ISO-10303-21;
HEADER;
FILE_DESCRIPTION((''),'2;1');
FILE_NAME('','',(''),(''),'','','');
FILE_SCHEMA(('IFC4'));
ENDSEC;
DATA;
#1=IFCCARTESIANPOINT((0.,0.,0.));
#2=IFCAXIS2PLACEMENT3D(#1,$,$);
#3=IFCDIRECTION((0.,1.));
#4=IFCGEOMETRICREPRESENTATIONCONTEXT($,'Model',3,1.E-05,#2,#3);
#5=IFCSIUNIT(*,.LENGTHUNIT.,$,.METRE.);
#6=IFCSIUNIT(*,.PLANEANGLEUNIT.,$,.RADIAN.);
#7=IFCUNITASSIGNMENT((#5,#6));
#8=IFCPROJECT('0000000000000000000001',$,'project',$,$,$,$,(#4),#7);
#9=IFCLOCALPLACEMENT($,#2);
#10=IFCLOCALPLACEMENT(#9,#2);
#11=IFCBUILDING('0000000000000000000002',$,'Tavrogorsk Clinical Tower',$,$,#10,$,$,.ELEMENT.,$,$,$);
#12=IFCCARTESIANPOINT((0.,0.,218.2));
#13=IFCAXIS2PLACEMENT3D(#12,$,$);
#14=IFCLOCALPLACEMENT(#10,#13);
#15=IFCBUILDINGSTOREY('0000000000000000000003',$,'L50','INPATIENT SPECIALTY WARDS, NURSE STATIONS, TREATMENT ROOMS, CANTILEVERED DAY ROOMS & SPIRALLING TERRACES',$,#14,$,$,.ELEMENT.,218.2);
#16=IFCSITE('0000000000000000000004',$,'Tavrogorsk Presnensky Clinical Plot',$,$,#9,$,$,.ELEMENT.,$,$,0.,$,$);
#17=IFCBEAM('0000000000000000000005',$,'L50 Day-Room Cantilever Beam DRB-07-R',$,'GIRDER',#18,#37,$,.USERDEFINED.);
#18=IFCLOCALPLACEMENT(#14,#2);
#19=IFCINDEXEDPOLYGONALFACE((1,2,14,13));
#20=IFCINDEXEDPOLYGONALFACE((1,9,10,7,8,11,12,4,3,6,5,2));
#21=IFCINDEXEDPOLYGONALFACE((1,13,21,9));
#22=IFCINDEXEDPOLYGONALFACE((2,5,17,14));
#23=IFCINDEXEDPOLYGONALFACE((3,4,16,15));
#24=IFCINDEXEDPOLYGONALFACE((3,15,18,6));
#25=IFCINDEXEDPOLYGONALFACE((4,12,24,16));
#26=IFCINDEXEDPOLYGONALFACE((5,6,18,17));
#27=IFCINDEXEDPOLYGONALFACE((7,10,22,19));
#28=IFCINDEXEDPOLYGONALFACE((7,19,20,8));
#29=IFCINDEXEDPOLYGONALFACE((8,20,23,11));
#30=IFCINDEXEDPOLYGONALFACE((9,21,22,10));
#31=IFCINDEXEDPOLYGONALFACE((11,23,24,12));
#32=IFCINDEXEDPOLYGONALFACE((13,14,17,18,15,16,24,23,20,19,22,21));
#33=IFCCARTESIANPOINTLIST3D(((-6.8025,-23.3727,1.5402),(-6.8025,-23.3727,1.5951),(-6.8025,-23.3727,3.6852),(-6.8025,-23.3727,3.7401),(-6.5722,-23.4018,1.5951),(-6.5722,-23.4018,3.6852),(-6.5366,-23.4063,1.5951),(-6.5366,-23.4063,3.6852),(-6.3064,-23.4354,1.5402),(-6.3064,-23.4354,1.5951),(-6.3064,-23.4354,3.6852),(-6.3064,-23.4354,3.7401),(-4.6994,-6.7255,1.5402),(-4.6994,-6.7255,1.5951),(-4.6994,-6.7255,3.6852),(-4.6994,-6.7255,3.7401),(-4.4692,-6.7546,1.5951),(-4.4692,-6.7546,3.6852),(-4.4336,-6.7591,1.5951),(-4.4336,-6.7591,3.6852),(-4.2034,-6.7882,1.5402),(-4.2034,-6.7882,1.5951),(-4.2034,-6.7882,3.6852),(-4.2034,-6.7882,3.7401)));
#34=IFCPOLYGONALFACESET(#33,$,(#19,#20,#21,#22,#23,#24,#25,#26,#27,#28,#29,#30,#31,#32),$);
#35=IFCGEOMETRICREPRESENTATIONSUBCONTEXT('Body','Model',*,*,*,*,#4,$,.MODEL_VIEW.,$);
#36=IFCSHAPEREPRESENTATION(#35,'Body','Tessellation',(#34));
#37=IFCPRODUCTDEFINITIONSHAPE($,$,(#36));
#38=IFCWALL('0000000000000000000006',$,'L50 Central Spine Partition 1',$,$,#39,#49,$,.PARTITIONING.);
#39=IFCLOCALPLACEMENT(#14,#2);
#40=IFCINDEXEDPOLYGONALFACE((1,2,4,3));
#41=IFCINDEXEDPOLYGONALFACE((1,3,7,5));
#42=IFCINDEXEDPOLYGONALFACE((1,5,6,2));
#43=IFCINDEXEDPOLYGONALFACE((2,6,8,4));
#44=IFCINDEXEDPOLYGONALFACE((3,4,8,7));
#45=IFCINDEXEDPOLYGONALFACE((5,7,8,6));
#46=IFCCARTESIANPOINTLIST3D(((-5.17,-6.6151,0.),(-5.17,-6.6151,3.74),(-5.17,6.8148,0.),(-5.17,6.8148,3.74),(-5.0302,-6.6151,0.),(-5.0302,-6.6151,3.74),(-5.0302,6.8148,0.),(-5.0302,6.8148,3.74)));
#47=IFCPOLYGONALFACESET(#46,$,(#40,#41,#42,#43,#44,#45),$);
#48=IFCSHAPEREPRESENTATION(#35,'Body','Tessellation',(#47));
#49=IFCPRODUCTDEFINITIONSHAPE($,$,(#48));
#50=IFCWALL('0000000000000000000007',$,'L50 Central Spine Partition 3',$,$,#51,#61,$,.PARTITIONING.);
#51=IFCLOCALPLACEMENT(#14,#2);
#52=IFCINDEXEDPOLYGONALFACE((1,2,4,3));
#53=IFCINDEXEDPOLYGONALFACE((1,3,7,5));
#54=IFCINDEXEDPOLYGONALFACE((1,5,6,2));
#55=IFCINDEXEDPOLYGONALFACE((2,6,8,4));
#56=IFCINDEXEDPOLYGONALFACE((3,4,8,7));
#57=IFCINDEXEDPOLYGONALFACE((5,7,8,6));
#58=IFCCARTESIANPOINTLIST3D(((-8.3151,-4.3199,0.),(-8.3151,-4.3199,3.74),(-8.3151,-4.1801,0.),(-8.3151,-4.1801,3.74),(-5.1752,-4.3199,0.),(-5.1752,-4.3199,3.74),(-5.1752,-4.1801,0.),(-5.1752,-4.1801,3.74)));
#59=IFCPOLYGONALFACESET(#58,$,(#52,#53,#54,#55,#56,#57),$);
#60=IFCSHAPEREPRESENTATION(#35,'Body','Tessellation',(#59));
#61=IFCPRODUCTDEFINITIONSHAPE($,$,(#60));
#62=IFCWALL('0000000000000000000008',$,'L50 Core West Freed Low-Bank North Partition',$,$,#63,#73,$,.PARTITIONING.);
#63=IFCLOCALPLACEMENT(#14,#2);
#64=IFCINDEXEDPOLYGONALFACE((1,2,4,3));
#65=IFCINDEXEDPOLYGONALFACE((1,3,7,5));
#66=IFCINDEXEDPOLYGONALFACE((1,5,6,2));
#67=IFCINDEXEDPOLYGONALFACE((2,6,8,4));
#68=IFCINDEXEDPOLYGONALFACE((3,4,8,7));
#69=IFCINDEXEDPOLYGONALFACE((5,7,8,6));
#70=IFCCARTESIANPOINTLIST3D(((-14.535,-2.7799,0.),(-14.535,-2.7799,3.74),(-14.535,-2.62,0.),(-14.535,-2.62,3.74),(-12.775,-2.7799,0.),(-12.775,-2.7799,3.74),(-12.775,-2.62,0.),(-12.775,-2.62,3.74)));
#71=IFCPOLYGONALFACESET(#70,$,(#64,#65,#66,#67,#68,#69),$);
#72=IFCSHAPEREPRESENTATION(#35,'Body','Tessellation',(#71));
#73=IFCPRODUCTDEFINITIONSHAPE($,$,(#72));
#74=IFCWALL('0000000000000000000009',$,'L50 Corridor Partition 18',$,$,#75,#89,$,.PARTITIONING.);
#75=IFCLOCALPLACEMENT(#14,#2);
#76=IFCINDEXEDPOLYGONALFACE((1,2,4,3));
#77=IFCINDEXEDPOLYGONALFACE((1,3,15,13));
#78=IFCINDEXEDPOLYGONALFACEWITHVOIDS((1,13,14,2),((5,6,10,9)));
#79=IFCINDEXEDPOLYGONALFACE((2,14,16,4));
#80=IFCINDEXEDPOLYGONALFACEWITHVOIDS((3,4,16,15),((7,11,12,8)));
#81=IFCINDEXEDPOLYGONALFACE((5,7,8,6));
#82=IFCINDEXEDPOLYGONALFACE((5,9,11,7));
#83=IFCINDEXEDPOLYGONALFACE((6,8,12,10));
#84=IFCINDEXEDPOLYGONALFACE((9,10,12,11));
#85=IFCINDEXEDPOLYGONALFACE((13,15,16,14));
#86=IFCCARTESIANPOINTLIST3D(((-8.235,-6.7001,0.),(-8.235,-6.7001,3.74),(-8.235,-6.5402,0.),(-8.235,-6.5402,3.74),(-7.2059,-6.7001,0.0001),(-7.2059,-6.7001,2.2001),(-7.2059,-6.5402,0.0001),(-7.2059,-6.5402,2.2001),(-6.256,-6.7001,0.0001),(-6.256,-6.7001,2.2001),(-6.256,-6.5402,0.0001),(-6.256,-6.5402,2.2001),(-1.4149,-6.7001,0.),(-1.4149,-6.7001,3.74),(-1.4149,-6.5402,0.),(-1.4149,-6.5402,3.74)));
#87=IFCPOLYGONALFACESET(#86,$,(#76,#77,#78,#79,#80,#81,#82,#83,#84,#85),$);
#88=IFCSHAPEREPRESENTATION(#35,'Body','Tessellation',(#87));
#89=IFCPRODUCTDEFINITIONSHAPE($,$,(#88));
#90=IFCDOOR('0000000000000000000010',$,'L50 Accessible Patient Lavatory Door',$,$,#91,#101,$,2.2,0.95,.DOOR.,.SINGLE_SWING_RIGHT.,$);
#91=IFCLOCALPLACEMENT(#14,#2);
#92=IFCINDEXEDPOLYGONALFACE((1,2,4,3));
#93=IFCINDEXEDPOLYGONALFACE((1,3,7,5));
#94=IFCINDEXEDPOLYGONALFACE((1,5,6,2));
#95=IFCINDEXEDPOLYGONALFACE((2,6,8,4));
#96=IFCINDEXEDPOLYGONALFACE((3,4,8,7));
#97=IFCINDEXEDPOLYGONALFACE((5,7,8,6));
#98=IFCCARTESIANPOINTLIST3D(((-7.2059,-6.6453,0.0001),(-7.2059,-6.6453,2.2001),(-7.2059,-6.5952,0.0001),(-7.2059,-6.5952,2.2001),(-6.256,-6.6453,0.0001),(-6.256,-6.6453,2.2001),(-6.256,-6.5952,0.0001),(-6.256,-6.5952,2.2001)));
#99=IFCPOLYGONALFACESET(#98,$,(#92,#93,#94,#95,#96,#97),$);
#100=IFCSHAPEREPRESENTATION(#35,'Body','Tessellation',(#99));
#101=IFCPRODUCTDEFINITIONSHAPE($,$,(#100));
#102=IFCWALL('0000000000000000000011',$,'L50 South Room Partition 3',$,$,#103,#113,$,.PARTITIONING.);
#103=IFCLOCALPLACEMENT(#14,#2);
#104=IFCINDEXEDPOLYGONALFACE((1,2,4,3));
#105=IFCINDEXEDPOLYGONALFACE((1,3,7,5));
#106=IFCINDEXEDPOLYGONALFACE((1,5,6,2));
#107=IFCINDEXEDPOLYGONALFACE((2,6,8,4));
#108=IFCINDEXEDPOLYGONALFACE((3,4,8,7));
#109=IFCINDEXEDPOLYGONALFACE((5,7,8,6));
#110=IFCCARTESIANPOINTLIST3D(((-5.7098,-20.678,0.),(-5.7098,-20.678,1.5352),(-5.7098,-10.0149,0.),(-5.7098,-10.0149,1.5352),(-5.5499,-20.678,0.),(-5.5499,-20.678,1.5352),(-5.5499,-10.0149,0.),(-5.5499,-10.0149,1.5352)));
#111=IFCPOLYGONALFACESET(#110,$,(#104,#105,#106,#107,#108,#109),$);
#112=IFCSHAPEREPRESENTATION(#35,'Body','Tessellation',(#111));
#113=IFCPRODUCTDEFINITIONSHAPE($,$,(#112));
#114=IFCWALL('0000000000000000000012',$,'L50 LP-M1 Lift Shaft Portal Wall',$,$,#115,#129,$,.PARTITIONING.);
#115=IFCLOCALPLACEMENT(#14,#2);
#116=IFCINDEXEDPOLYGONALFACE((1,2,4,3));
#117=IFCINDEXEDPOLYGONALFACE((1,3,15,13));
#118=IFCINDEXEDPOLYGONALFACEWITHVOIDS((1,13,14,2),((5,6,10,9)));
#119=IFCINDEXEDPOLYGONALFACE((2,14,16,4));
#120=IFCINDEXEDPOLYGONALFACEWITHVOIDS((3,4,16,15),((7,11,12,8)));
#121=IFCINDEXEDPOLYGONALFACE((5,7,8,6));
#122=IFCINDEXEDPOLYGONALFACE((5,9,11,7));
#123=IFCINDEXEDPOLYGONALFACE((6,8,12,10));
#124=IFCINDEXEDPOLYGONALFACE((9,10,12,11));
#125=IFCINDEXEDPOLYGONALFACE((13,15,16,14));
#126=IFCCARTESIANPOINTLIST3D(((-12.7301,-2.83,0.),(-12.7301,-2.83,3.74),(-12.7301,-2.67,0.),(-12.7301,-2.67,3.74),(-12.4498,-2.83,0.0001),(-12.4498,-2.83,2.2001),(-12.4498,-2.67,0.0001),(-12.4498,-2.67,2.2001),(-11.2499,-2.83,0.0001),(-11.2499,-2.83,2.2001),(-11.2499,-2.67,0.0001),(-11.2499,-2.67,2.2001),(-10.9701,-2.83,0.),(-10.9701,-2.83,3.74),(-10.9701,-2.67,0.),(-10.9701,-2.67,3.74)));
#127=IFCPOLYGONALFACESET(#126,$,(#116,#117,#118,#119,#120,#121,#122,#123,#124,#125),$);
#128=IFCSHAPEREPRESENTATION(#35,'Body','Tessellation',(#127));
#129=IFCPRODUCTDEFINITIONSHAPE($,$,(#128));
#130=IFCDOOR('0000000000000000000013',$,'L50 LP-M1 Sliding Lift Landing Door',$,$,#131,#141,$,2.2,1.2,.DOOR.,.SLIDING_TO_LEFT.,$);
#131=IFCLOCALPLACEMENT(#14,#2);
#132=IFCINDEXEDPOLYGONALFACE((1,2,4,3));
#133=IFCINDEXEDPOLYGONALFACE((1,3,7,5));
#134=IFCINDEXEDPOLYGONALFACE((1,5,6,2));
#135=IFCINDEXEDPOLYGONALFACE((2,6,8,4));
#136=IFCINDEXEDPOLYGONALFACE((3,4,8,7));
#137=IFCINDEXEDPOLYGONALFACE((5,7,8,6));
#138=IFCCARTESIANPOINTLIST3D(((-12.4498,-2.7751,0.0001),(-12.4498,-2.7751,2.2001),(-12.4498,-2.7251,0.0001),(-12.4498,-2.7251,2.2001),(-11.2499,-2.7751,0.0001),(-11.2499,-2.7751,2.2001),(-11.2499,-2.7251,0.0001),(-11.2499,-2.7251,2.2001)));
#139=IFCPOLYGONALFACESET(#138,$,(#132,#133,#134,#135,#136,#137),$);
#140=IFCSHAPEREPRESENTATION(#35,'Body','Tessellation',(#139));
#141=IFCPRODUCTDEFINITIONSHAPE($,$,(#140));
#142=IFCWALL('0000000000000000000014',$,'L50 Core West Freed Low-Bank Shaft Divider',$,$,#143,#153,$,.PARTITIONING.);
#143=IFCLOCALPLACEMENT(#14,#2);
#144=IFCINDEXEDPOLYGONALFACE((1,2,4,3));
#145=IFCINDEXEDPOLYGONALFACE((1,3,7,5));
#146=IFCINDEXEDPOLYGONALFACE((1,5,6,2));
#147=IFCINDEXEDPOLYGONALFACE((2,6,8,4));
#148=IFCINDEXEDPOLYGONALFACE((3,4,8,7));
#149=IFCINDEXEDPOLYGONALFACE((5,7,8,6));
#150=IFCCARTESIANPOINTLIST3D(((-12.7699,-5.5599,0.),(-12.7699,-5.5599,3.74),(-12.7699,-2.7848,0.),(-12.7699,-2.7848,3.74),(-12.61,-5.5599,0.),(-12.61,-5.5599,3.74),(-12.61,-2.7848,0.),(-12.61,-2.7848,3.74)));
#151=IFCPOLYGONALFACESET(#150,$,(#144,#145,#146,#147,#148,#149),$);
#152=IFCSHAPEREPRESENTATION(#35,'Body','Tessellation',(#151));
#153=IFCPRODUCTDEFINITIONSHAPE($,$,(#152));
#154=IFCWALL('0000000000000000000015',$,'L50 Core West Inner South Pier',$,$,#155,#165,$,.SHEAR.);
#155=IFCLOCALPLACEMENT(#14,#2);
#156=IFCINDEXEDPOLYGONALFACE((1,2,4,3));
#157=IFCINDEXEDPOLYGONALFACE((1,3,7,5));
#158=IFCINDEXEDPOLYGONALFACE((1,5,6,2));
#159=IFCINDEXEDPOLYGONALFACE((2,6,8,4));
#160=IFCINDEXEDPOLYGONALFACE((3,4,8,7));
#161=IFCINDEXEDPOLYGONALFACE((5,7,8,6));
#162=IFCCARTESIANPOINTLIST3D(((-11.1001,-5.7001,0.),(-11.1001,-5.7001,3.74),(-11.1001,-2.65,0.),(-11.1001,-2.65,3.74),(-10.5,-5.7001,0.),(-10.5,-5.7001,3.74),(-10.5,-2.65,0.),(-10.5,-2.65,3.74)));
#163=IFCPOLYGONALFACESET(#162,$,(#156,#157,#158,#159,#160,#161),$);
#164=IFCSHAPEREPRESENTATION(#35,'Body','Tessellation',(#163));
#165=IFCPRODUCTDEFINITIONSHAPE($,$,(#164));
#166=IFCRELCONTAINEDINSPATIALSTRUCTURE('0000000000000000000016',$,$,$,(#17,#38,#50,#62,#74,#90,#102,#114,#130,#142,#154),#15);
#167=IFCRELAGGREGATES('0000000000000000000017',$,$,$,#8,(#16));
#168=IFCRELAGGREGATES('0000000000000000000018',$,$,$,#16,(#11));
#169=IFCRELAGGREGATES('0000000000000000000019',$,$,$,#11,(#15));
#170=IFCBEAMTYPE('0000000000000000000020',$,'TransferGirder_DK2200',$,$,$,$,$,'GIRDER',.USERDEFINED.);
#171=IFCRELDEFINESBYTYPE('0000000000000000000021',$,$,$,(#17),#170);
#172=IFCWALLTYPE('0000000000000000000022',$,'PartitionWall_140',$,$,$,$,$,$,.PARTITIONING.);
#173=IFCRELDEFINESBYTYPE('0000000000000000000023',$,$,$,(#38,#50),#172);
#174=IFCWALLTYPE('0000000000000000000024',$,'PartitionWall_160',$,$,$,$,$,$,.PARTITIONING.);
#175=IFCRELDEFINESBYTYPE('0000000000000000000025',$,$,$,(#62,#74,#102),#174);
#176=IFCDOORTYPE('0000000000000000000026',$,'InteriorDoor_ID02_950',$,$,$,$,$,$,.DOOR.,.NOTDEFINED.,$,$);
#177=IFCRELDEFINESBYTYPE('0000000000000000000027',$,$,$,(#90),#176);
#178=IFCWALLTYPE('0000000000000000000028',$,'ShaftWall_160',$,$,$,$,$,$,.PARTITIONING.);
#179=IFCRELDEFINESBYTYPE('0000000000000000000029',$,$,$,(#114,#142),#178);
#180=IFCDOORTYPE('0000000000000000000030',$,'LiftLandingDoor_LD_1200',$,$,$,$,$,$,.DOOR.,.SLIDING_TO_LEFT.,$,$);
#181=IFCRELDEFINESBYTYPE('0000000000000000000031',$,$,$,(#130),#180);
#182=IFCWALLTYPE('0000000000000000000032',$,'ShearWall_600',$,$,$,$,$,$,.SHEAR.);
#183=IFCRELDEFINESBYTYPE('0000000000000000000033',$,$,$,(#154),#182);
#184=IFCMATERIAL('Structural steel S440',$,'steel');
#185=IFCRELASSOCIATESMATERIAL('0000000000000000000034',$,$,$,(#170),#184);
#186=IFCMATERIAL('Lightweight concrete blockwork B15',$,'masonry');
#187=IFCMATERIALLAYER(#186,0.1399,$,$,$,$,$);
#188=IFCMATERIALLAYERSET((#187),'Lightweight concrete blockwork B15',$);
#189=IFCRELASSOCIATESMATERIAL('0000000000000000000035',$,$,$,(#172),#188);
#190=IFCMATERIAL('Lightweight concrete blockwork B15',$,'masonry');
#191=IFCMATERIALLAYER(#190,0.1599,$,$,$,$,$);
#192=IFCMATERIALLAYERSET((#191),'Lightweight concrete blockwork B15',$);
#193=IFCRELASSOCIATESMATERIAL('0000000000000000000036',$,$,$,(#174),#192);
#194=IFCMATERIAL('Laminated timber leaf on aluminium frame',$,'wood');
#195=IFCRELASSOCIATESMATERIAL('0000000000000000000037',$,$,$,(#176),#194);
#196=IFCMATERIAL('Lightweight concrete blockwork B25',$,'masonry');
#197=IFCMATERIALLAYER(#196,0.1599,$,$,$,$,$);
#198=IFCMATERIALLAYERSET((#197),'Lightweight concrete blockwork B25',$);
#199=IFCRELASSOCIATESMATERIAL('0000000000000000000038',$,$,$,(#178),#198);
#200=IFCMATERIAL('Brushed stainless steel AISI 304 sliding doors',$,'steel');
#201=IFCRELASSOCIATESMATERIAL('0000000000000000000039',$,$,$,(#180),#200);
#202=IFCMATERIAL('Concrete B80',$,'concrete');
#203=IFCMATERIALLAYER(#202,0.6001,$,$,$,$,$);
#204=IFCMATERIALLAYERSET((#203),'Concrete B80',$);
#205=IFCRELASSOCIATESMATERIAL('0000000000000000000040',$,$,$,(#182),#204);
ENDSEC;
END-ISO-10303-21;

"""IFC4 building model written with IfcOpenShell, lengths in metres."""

from ifc_helpers import new_model, si_unit, direction, frame, frame_2d, origin, origin_2d, place, context, subcontext, project, spatial, rectangle, i_section, extrude, material, layer, layer_set, material_profile, profile_set, type_object, element, fill, save


model = new_model("IFC4")

# Units and contexts
model_context = context("Model", 3, precision=1e-05, world=origin(), true_north=direction((0.0, 1.0)))
body_context = subcontext(model_context, "Body", "Model", "MODEL_VIEW")
ifc_project = project(units=[si_unit("LENGTHUNIT", "METRE"), si_unit("PLANEANGLEUNIT", "RADIAN")], contexts=[model_context])

# Site, building, storey
site_placement = place(None, origin())
site = spatial("IfcSite", under=ifc_project, at=site_placement, Name="Tavrogorsk Presnensky Clinical Plot", CompositionType="ELEMENT", RefElevation=0.0)
building_placement = place(site_placement, origin())
building = spatial("IfcBuilding", under=site, at=building_placement, Name="Tavrogorsk Clinical Tower", CompositionType="ELEMENT")
storey_placement = place(building_placement, frame((0.0, 0.0, 218.2)))
storey = spatial("IfcBuildingStorey", under=building, at=storey_placement, Name="L50", Description="INPATIENT SPECIALTY WARDS, NURSE STATIONS, TREATMENT ROOMS, CANTILEVERED DAY ROOMS & SPIRALLING TERRACES", CompositionType="ELEMENT", Elevation=218.2)

# Beam
ifc_material_1 = material(Name="Structural steel S440", Category="steel")
ifc_material_profile_1 = material_profile(ifc_material_1, i_section(OverallWidth=0.5, OverallDepth=2.2, WebThickness=0.0359, FlangeThickness=0.0549, at=origin_2d()), Name="DK-2200x500x36x55")
ifc_profile_set_1 = profile_set([ifc_material_profile_1], Name="Structural steel S440")
beam_type_1 = type_object("IfcBeamType", Name="TransferGirder_DK2200", ElementType="GIRDER", PredefinedType="USERDEFINED", material=ifc_profile_set_1)
beam_1_placement = place(storey_placement, frame((-4.4514, -6.7568, 2.6401), z_axis=(-0.125333, -0.992115, 0.0), x_axis=(0.992115, -0.125333, 0.0)))
element("IfcBeam", 1, at=beam_1_placement, inside=storey, type_object=beam_type_1, Name="L50 Day-Room Cantilever Beam DRB-07-R", ObjectType="GIRDER", PredefinedType="USERDEFINED", context=body_context, shape_type="SweptSolid", body=[
    extrude(i_section(OverallWidth=0.5, OverallDepth=2.2, WebThickness=0.0359, FlangeThickness=0.0549, at=origin_2d()), origin(), (0.0, 0.0, 1.0), 16.7795),
])

# Walls
ifc_material_2 = material(Name="Lightweight concrete blockwork B15", Category="masonry")
ifc_layer_1 = layer(ifc_material_2, 0.1399)
ifc_layer_set_1 = layer_set([ifc_layer_1], Name="Lightweight concrete blockwork B15")
wall_type_1 = type_object("IfcWallType", Name="PartitionWall_140", PredefinedType="PARTITIONING", material=ifc_layer_set_1)
wall_1_placement = place(storey_placement, frame((-5.1001, -6.615, 0.0), z_axis=(0.0, 0.0, 1.0), x_axis=(0.0, 1.0, 0.0)))
element("IfcWall", 2, at=wall_1_placement, inside=storey, type_object=wall_type_1, Name="L50 Central Spine Partition 1", PredefinedType="PARTITIONING", context=body_context, shape_type="SweptSolid", body=[
    extrude(rectangle(XDim=13.4299, YDim=0.1399, at=frame_2d((6.7148, 0.0))), origin(), (0.0, 0.0, 1.0), 3.74),
])
wall_2_placement = place(storey_placement, frame((-8.3149, -4.25, 0.0), z_axis=(0.0, 0.0, 1.0), x_axis=(1.0, 0.0, 0.0)))
element("IfcWall", 3, at=wall_2_placement, inside=storey, type_object=wall_type_1, Name="L50 Central Spine Partition 3", PredefinedType="PARTITIONING", context=body_context, shape_type="SweptSolid", body=[
    extrude(rectangle(XDim=3.1399, YDim=0.1399, at=frame_2d((1.5698, 0.0))), origin(), (0.0, 0.0, 1.0), 3.74),
])
ifc_material_3 = material(Name="Lightweight concrete blockwork B15", Category="masonry")
ifc_layer_2 = layer(ifc_material_3, 0.1599)
ifc_layer_set_2 = layer_set([ifc_layer_2], Name="Lightweight concrete blockwork B15")
wall_type_2 = type_object("IfcWallType", Name="PartitionWall_160", PredefinedType="PARTITIONING", material=ifc_layer_set_2)
wall_3_placement = place(storey_placement, frame((-14.5349, -2.7, 0.0), z_axis=(0.0, 0.0, 1.0), x_axis=(1.0, 0.0, 0.0)))
element("IfcWall", 4, at=wall_3_placement, inside=storey, type_object=wall_type_2, Name="L50 Core West Freed Low-Bank North Partition", PredefinedType="PARTITIONING", context=body_context, shape_type="SweptSolid", body=[
    extrude(rectangle(XDim=1.76, YDim=0.1599, at=frame_2d((0.8799, 0.0))), origin(), (0.0, 0.0, 1.0), 3.74),
])

# Wall, opening, door
wall_4_placement = place(storey_placement, frame((-8.2351, -6.6201, 0.0), z_axis=(0.0, 0.0, 1.0), x_axis=(1.0, 0.0, 0.0)))
wall_4 = element("IfcWall", 5, at=wall_4_placement, inside=storey, type_object=wall_type_2, Name="L50 Corridor Partition 18", PredefinedType="PARTITIONING", context=body_context, shape_type="SweptSolid", body=[
    extrude(rectangle(XDim=6.8201, YDim=0.1599, at=frame_2d((3.4102, 0.0))), origin(), (0.0, 0.0, 1.0), 3.74),
])
opening_1_placement = place(wall_4_placement, frame((1.0291, 0.0, 0.0)))
opening_1 = element("IfcOpeningElement", 6, at=opening_1_placement, cuts=wall_4, PredefinedType="OPENING", context=body_context, shape_type="SweptSolid", body=[
    extrude(rectangle(XDim=0.95, YDim=2.2, at=frame_2d((0.4751, 1.1001))), frame((0.0, 0.0898, 0.0), z_axis=(0.0, -1.0, 0.0), x_axis=(1.0, 0.0, 0.0)), (0.0, 0.0, 1.0), 0.1799),
])
ifc_material_4 = material(Name="Laminated timber leaf on aluminium frame", Category="wood")
door_type_1 = type_object("IfcDoorType", Name="InteriorDoor_ID02_950", OperationType="NOTDEFINED", PredefinedType="DOOR", material=ifc_material_4)
door_1_placement = place(opening_1_placement, origin())
door_1 = element("IfcDoor", 7, at=door_1_placement, inside=storey, type_object=door_type_1, Name="L50 Accessible Patient Lavatory Door", OperationType="SINGLE_SWING_RIGHT", OverallHeight=2.2, OverallWidth=0.95, PredefinedType="DOOR", context=body_context, shape_type="SweptSolid", body=[
    extrude(rectangle(XDim=0.95, YDim=2.2, at=frame_2d((0.4751, 1.1001))), frame((0.0, 0.0249, 0.0), z_axis=(0.0, -1.0, 0.0), x_axis=(1.0, 0.0, 0.0)), (0.0, 0.0, 1.0), 0.05),
])
fill(opening_1, door_1)

# Wall
wall_5_placement = place(storey_placement, frame((-5.6299, -20.678, 0.0), z_axis=(0.0, 0.0, 1.0), x_axis=(0.0, 1.0, 0.0)))
element("IfcWall", 8, at=wall_5_placement, inside=storey, type_object=wall_type_2, Name="L50 South Room Partition 3", PredefinedType="PARTITIONING", context=body_context, shape_type="SweptSolid", body=[
    extrude(rectangle(XDim=10.6631, YDim=0.1599, at=frame_2d((5.3315, 0.0))), origin(), (0.0, 0.0, 1.0), 1.5352),
])

# Wall, opening, door
ifc_material_5 = material(Name="Lightweight concrete blockwork B25", Category="masonry")
ifc_layer_3 = layer(ifc_material_5, 0.1599)
ifc_layer_set_3 = layer_set([ifc_layer_3], Name="Lightweight concrete blockwork B25")
wall_type_3 = type_object("IfcWallType", Name="ShaftWall_160", PredefinedType="PARTITIONING", material=ifc_layer_set_3)
wall_6_placement = place(storey_placement, frame((-12.73, -2.75, 0.0), z_axis=(0.0, 0.0, 1.0), x_axis=(1.0, 0.0, 0.0)))
wall_6 = element("IfcWall", 9, at=wall_6_placement, inside=storey, type_object=wall_type_3, Name="L50 LP-M1 Lift Shaft Portal Wall", PredefinedType="PARTITIONING", context=body_context, shape_type="SweptSolid", body=[
    extrude(rectangle(XDim=1.76, YDim=0.1599, at=frame_2d((0.8799, 0.0))), origin(), (0.0, 0.0, 1.0), 3.74),
])
opening_2_placement = place(wall_6_placement, frame((0.28, 0.0, 0.0)))
opening_2 = element("IfcOpeningElement", 10, at=opening_2_placement, cuts=wall_6, PredefinedType="OPENING", context=body_context, shape_type="SweptSolid", body=[
    extrude(rectangle(XDim=1.2, YDim=2.2, at=frame_2d((0.6001, 1.1001))), frame((0.0, 0.0898, 0.0), z_axis=(0.0, -1.0, 0.0), x_axis=(1.0, 0.0, 0.0)), (0.0, 0.0, 1.0), 0.1799),
])
ifc_material_6 = material(Name="Brushed stainless steel AISI 304 sliding doors", Category="steel")
door_type_2 = type_object("IfcDoorType", Name="LiftLandingDoor_LD_1200", OperationType="SLIDING_TO_LEFT", PredefinedType="DOOR", material=ifc_material_6)
door_2_placement = place(opening_2_placement, origin())
door_2 = element("IfcDoor", 11, at=door_2_placement, inside=storey, type_object=door_type_2, Name="L50 LP-M1 Sliding Lift Landing Door", OperationType="SLIDING_TO_LEFT", OverallHeight=2.2, OverallWidth=1.2, PredefinedType="DOOR", context=body_context, shape_type="SweptSolid", body=[
    extrude(rectangle(XDim=1.2, YDim=2.2, at=frame_2d((0.6001, 1.1001))), frame((0.0, 0.0249, 0.0), z_axis=(0.0, -1.0, 0.0), x_axis=(1.0, 0.0, 0.0)), (0.0, 0.0, 1.0), 0.05),
])
fill(opening_2, door_2)

# Walls
wall_7_placement = place(storey_placement, frame((-12.6899, -5.5601, 0.0), z_axis=(0.0, 0.0, 1.0), x_axis=(0.0, 1.0, 0.0)))
element("IfcWall", 12, at=wall_7_placement, inside=storey, type_object=wall_type_3, Name="L50 Core West Freed Low-Bank Shaft Divider", PredefinedType="PARTITIONING", context=body_context, shape_type="SweptSolid", body=[
    extrude(rectangle(XDim=2.7751, YDim=0.1599, at=frame_2d((1.3877, 0.0))), origin(), (0.0, 0.0, 1.0), 3.74),
])
ifc_material_7 = material(Name="Concrete B80", Category="concrete")
ifc_layer_4 = layer(ifc_material_7, 0.6001)
ifc_layer_set_4 = layer_set([ifc_layer_4], Name="Concrete B80")
wall_type_4 = type_object("IfcWallType", Name="ShearWall_600", PredefinedType="SHEAR", material=ifc_layer_set_4)
wall_8_placement = place(storey_placement, frame((-10.8, -5.7, 0.0), z_axis=(0.0, 0.0, 1.0), x_axis=(0.0, 1.0, 0.0)))
element("IfcWall", 13, at=wall_8_placement, inside=storey, type_object=wall_type_4, Name="L50 Core West Inner South Pier", PredefinedType="SHEAR", context=body_context, shape_type="SweptSolid", body=[
    extrude(rectangle(XDim=3.05, YDim=0.6001, at=frame_2d((1.5249, 0.0))), origin(), (0.0, 0.0, 1.0), 3.74),
])

save(model, "model.ifc")
